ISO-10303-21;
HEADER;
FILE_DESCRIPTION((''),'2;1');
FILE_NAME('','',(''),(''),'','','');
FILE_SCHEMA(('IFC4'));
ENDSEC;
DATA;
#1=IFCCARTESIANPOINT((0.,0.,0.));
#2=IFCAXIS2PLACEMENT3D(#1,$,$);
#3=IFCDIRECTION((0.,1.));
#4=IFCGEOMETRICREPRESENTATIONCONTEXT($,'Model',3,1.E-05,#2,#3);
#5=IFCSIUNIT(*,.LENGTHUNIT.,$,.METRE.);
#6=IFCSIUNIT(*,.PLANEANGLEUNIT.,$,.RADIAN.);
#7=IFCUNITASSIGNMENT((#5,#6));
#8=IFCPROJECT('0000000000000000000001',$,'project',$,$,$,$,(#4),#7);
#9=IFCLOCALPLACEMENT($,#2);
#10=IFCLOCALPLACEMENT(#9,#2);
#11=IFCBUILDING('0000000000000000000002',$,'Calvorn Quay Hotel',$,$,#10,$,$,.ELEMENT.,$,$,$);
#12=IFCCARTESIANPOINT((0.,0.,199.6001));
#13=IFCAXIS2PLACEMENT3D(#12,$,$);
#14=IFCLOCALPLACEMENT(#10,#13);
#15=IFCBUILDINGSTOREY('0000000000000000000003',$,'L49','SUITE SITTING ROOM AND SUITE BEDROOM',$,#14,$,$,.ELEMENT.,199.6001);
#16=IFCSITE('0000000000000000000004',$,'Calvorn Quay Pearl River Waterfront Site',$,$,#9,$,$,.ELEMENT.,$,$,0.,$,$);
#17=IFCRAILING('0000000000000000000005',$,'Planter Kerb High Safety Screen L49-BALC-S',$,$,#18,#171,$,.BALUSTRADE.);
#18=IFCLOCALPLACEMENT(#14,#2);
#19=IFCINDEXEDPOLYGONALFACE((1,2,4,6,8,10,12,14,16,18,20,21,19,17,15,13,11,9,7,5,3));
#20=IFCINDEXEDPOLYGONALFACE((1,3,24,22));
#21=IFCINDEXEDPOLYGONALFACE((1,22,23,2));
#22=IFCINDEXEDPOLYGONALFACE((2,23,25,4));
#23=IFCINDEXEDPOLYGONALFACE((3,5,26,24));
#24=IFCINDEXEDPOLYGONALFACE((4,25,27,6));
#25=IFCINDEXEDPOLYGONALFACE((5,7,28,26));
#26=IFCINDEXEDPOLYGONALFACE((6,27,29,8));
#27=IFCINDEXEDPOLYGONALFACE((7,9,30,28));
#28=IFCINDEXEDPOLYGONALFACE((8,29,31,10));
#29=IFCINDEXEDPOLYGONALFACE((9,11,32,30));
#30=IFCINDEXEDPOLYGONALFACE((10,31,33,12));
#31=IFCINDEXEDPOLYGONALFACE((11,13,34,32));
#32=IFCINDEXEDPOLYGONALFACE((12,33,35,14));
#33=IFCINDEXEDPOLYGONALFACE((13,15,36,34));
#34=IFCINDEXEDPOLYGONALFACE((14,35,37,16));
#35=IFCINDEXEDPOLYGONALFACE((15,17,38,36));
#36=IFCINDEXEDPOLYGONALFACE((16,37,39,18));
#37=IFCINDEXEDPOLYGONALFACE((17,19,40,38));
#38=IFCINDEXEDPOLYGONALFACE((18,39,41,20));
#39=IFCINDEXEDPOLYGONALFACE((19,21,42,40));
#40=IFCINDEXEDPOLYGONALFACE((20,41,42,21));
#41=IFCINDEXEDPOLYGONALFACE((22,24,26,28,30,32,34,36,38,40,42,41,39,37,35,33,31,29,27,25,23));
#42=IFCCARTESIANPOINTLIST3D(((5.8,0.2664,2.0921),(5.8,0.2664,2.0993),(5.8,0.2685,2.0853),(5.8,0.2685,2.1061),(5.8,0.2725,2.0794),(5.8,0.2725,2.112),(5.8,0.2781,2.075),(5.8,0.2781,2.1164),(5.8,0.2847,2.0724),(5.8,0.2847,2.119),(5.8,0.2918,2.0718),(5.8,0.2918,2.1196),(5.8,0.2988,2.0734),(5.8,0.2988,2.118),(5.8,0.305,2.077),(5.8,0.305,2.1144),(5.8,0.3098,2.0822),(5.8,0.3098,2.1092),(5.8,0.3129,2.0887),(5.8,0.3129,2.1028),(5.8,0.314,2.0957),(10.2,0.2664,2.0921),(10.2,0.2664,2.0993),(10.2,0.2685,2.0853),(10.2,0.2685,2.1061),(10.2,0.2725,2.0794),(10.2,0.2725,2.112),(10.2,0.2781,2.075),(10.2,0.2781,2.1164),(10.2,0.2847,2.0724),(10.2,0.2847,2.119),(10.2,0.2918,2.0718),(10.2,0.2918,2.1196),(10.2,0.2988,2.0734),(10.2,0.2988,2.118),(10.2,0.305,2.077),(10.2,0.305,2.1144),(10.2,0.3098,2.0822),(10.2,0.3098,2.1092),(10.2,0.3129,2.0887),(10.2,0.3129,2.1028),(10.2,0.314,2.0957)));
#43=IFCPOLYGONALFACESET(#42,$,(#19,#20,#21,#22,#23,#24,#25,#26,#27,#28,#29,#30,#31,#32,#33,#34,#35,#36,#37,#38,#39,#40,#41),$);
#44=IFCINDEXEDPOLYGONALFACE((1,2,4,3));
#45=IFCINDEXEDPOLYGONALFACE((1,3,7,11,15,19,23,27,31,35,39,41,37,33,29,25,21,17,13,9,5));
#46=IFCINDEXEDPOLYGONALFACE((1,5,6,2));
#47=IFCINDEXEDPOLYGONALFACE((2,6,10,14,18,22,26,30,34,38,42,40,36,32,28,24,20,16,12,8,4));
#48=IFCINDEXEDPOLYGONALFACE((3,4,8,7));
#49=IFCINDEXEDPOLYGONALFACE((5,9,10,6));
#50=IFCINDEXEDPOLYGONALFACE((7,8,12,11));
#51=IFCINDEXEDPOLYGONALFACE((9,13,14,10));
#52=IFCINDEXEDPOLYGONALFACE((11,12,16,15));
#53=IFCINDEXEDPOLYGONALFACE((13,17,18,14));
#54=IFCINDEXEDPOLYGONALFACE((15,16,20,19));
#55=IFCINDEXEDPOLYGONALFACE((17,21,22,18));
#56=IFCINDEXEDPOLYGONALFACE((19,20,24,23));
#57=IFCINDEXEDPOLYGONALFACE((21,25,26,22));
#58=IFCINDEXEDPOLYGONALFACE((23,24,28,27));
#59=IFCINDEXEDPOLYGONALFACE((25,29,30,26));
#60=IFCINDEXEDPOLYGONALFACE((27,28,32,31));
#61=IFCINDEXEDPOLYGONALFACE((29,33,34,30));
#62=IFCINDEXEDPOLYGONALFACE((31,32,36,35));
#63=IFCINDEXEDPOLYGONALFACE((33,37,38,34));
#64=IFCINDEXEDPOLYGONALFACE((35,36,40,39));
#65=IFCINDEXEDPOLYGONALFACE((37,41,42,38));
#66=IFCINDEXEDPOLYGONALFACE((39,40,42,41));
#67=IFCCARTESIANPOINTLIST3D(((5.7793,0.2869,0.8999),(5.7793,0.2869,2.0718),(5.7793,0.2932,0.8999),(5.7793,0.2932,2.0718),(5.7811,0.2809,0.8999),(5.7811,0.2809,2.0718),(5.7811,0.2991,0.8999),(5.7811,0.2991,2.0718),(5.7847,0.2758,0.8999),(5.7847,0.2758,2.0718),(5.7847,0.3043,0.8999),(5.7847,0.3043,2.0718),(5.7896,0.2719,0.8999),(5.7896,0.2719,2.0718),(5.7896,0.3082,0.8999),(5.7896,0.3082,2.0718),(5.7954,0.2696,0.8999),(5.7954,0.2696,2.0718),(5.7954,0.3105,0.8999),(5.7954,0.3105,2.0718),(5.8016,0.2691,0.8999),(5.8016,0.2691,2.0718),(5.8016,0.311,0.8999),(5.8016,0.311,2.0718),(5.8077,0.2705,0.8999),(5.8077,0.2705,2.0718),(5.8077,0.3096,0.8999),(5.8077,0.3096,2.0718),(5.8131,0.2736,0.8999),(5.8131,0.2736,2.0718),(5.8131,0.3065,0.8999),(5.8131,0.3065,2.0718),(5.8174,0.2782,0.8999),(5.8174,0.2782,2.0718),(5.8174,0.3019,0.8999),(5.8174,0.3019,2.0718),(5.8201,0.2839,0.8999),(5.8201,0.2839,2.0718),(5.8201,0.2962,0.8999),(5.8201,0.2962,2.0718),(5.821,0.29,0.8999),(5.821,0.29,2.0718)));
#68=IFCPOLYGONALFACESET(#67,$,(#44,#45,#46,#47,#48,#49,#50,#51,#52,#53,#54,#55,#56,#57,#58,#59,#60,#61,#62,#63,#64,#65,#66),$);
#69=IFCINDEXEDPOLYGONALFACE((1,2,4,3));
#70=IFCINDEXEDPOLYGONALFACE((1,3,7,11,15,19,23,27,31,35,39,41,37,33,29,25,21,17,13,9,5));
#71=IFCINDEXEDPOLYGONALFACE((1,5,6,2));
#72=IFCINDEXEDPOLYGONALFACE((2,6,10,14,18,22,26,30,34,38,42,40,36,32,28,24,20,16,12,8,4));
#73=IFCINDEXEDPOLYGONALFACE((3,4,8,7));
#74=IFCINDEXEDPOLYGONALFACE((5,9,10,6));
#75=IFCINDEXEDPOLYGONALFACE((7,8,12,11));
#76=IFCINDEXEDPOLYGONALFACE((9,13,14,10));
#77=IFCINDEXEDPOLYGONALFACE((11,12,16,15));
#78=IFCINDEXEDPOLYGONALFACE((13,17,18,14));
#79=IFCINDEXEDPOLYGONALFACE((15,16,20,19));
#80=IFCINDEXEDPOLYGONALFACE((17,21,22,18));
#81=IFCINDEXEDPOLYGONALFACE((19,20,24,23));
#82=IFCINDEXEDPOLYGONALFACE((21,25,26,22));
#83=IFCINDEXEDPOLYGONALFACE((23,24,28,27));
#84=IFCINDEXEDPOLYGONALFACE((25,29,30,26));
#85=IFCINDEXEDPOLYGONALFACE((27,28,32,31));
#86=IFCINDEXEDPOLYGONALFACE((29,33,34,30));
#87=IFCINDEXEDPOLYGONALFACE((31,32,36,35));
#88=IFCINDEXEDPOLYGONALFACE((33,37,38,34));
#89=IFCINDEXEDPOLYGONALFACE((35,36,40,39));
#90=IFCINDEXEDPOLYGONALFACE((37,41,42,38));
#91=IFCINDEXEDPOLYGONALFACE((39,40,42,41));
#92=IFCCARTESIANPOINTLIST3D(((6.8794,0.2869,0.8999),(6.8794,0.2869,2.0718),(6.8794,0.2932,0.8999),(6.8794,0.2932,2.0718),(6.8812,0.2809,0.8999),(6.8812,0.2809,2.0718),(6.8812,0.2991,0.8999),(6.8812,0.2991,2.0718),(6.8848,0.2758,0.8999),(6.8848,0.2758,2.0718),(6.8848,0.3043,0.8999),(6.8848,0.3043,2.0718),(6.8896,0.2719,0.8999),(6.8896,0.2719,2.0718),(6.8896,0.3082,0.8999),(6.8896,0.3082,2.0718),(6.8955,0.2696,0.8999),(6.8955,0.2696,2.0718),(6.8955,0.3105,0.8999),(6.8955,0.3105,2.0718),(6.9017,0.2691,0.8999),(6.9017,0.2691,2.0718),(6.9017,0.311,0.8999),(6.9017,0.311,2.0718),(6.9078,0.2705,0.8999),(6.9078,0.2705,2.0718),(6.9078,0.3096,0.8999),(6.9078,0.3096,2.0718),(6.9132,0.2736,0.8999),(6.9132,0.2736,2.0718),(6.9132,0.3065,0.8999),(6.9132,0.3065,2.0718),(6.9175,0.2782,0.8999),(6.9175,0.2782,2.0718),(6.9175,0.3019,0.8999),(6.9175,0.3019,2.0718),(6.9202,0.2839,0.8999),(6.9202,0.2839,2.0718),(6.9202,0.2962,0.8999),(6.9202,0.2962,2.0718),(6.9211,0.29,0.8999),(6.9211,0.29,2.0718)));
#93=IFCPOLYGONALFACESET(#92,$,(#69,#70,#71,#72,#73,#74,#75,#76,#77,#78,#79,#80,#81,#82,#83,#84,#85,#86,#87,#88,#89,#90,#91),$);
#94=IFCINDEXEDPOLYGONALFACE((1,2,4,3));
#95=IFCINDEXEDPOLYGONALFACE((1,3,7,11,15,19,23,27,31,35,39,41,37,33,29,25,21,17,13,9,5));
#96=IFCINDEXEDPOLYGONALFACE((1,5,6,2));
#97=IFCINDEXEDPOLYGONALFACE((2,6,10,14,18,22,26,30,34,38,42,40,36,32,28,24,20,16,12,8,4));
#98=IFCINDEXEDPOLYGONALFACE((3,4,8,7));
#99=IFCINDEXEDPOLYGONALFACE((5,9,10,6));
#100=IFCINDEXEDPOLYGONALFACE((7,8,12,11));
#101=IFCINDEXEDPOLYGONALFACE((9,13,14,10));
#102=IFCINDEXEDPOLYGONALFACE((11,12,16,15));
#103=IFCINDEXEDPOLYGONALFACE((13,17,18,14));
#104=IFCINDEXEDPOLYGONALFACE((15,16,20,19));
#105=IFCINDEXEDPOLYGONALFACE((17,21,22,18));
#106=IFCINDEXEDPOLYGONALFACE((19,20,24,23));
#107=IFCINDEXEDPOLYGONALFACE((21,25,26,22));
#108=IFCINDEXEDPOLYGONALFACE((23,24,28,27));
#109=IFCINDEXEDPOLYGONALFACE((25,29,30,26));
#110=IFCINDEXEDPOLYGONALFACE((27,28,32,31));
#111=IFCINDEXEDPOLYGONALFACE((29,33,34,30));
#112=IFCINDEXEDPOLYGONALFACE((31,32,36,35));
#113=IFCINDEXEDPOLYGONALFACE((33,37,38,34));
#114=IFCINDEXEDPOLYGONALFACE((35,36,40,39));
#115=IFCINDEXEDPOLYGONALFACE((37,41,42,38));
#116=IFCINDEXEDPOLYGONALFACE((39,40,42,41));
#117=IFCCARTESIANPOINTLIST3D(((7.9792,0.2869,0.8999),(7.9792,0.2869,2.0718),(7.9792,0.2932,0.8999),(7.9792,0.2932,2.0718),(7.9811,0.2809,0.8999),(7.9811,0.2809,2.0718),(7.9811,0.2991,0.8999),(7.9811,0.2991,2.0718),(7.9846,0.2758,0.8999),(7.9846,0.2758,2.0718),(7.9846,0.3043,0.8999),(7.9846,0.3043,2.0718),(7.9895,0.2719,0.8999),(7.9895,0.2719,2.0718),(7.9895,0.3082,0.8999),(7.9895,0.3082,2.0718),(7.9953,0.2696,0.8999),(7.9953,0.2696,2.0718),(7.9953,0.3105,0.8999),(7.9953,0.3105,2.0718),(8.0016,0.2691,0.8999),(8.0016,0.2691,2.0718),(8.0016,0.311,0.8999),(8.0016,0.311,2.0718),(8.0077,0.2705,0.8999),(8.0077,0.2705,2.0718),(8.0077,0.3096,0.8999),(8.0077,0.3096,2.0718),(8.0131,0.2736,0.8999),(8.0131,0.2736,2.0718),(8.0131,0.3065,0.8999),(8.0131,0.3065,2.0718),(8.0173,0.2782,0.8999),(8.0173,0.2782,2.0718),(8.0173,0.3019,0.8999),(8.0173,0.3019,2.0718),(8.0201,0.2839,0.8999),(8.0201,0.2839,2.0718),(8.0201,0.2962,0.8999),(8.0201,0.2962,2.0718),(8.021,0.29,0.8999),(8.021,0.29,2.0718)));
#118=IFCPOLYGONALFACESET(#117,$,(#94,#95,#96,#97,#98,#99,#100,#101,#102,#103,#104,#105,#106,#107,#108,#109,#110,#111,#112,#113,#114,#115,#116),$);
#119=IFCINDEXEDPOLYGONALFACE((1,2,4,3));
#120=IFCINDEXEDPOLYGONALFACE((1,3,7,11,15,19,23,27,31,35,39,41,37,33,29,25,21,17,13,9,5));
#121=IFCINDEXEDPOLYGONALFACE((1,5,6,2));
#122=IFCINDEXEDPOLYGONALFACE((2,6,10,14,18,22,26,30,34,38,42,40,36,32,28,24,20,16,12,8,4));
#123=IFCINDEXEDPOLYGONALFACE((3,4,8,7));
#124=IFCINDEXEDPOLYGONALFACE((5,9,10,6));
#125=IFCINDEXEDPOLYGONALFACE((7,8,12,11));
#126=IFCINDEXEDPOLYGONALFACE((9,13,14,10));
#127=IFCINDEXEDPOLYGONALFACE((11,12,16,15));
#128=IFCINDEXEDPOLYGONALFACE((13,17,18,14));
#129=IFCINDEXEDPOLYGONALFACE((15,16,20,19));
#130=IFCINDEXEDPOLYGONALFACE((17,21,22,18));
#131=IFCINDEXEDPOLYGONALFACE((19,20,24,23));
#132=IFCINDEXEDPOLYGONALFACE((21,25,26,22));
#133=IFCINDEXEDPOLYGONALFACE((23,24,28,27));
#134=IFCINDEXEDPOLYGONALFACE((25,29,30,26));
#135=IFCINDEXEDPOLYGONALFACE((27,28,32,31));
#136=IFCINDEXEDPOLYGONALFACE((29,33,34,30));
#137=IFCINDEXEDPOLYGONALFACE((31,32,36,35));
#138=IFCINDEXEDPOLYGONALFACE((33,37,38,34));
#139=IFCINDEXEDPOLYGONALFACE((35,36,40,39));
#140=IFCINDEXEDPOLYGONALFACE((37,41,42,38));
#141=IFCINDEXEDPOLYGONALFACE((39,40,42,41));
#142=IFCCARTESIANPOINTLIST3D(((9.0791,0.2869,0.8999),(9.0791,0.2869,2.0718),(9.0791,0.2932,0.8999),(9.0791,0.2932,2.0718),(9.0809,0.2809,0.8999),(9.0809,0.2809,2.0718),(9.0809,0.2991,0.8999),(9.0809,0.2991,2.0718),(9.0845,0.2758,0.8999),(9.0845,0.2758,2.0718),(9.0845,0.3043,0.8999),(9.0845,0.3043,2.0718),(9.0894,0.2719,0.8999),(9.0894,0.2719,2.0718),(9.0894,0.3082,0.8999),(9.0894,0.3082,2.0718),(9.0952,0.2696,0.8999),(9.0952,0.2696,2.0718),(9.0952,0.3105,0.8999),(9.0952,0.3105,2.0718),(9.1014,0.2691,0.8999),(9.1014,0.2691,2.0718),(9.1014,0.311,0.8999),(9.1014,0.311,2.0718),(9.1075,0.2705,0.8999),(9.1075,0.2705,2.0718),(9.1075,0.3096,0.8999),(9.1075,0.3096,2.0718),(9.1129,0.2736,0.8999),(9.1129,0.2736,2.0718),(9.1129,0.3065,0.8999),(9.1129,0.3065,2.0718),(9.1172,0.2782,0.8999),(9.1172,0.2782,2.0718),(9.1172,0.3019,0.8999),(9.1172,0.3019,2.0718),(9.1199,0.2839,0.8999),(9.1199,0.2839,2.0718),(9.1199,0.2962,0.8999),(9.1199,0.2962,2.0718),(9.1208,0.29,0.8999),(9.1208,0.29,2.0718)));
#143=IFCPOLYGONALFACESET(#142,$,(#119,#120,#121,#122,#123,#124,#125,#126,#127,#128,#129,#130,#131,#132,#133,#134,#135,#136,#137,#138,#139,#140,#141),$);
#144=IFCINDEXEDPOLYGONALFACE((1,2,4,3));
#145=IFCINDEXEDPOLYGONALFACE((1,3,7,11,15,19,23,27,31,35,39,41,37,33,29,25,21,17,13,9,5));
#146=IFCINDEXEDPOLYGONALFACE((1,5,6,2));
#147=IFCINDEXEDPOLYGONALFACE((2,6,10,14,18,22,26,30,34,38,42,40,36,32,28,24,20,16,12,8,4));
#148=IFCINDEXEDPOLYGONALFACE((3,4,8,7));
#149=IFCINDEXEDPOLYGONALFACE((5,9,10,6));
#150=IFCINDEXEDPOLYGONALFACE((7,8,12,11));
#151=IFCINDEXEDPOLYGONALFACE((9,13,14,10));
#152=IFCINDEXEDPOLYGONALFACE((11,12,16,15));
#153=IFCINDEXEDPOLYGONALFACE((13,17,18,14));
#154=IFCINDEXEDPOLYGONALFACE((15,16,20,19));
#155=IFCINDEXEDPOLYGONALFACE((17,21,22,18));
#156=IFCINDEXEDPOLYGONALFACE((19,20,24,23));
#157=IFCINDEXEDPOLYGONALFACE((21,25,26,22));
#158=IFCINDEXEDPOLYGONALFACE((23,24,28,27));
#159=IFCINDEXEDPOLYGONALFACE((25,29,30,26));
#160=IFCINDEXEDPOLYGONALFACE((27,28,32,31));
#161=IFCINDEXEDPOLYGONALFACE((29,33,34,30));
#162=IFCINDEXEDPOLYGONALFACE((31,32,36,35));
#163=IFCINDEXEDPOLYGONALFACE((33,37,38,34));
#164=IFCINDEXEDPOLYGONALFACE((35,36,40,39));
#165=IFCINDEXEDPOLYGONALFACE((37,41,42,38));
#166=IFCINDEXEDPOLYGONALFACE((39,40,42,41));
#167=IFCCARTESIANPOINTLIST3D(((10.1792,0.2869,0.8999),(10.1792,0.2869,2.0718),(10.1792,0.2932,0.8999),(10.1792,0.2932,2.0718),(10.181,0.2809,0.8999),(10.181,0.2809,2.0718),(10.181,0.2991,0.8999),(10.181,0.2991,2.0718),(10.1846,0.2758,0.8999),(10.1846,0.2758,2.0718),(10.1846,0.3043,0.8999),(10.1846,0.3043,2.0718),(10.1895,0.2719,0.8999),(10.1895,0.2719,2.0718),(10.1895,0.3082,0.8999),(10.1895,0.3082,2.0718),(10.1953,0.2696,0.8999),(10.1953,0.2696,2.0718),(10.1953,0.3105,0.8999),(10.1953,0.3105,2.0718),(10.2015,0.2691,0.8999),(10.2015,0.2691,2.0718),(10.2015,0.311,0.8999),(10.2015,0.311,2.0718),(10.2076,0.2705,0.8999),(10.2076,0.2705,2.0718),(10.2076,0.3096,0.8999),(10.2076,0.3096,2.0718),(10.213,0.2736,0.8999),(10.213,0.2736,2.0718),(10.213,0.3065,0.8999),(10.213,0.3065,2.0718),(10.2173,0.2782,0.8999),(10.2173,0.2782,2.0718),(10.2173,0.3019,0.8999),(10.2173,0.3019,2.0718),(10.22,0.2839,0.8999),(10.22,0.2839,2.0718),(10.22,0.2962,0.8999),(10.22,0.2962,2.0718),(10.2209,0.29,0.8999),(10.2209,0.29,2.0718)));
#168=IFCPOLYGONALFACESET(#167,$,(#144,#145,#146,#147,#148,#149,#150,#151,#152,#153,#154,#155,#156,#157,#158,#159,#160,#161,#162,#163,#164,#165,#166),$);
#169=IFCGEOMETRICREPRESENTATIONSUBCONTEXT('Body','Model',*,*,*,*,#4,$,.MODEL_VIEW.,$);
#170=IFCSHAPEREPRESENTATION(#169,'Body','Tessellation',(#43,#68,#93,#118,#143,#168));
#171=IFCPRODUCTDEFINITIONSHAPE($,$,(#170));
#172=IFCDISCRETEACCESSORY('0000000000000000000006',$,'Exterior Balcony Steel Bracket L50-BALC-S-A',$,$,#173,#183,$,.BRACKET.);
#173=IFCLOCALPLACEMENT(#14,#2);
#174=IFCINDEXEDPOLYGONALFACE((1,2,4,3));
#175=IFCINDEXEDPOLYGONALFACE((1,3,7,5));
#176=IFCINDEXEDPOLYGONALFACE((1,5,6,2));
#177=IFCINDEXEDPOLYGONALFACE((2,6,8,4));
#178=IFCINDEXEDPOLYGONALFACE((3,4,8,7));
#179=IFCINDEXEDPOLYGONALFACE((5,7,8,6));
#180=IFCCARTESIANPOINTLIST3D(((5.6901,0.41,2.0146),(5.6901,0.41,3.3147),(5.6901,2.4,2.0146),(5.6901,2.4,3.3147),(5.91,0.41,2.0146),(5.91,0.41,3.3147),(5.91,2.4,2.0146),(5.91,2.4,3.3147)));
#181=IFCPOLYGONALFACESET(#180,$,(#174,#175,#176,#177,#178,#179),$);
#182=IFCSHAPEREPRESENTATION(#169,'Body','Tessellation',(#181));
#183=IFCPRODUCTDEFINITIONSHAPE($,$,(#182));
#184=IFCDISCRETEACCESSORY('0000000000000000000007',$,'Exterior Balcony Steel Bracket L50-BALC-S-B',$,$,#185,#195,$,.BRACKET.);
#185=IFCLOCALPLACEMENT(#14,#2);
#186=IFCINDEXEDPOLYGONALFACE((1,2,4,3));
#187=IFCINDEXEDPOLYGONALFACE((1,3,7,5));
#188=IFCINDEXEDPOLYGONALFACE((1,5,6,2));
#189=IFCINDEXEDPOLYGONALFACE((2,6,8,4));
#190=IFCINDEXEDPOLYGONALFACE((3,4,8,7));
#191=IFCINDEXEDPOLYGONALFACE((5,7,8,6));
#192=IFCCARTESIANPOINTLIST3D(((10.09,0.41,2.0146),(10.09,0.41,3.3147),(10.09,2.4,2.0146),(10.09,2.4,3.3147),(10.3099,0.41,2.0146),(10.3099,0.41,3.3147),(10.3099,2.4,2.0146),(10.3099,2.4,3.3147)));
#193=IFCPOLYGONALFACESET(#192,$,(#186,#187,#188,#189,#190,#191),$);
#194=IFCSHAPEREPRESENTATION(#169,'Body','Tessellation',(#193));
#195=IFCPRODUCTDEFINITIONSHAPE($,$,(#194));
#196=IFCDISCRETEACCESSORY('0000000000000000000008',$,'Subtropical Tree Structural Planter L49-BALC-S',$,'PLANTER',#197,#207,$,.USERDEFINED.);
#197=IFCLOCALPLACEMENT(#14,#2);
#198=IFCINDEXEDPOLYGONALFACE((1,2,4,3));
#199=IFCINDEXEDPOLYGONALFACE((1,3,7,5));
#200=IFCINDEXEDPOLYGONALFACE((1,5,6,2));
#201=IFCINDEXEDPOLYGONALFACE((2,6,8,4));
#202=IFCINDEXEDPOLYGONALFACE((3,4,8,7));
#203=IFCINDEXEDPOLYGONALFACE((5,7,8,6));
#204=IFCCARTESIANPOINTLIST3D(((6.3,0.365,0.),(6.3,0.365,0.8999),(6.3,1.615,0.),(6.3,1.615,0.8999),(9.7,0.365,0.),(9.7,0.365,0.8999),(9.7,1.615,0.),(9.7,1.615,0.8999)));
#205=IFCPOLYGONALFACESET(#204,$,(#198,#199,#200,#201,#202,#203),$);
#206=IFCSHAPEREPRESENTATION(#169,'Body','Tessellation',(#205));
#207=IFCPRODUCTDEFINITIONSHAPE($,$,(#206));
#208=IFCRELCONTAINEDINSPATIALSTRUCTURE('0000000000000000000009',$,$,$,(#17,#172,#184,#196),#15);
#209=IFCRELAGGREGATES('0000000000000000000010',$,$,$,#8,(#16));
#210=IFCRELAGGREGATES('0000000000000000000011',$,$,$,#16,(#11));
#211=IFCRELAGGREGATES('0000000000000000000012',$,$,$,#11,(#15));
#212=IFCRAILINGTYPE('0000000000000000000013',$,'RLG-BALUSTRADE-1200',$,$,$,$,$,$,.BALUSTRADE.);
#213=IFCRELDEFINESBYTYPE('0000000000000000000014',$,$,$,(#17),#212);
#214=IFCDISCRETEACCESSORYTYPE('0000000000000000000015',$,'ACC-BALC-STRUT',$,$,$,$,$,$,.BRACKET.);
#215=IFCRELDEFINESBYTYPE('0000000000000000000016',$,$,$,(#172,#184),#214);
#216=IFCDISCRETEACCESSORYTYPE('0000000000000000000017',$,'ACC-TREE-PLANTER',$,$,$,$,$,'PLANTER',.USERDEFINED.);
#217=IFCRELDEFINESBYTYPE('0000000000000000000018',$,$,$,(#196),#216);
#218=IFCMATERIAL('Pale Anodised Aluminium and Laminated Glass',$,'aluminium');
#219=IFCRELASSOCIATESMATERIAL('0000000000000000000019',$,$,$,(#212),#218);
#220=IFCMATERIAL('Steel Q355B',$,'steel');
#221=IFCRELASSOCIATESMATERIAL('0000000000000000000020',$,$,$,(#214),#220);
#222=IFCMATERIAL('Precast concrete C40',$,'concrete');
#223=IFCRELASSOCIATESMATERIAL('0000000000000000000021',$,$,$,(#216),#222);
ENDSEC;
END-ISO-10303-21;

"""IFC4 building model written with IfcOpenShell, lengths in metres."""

from ifc_helpers import new_model, si_unit, direction, frame, origin, origin_2d, place, context, subcontext, project, spatial, rectangle, circle, extrude, material, type_object, element, save


model = new_model("IFC4")

# Units and contexts
model_context = context("Model", 3, precision=1e-05, world=origin(), true_north=direction((0.0, 1.0)))
body_context = subcontext(model_context, "Body", "Model", "MODEL_VIEW")
ifc_project = project(units=[si_unit("LENGTHUNIT", "METRE"), si_unit("PLANEANGLEUNIT", "RADIAN")], contexts=[model_context])

# Site, building, storey
site_placement = place(None, origin())
site = spatial("IfcSite", under=ifc_project, at=site_placement, Name="Calvorn Quay Pearl River Waterfront Site", CompositionType="ELEMENT", RefElevation=0.0)
building_placement = place(site_placement, origin())
building = spatial("IfcBuilding", under=site, at=building_placement, Name="Calvorn Quay Hotel", CompositionType="ELEMENT")
storey_placement = place(building_placement, frame((0.0, 0.0, 199.6001)))
storey = spatial("IfcBuildingStorey", under=building, at=storey_placement, Name="L49", Description="SUITE SITTING ROOM AND SUITE BEDROOM", CompositionType="ELEMENT", Elevation=199.6001)

# Railing
ifc_material_1 = material(Name="Pale Anodised Aluminium and Laminated Glass", Category="aluminium")
railing_type = type_object("IfcRailingType", Name="RLG-BALUSTRADE-1200", PredefinedType="BALUSTRADE", material=ifc_material_1)
railing_1_placement = place(storey_placement, frame((5.8, 0.29, 0.8999)))
element("IfcRailing", 1, at=railing_1_placement, inside=storey, type_object=railing_type, Name="Planter Kerb High Safety Screen L49-BALC-S", PredefinedType="BALUSTRADE", context=body_context, shape_type="SweptSolid", body=[
    extrude(circle(Radius=0.0239, at=origin_2d()), frame((0.0, 0.0, 1.1958), z_axis=(1.0, 0.0, 0.0), x_axis=(0.0, 1.0, 0.0)), (0.0, 0.0, 1.0), 4.3999),
    extrude(circle(Radius=0.021, at=origin_2d()), origin(), (0.0, 0.0, 1.0), 1.1719),
    extrude(circle(Radius=0.021, at=origin_2d()), frame((1.1001, 0.0, 0.0)), (0.0, 0.0, 1.0), 1.1719),
    extrude(circle(Radius=0.021, at=origin_2d()), frame((2.2, 0.0, 0.0)), (0.0, 0.0, 1.0), 1.1719),
    extrude(circle(Radius=0.021, at=origin_2d()), frame((3.2998, 0.0, 0.0)), (0.0, 0.0, 1.0), 1.1719),
    extrude(circle(Radius=0.021, at=origin_2d()), frame((4.3999, 0.0, 0.0)), (0.0, 0.0, 1.0), 1.1719),
])

# Discrete accessories
ifc_material_2 = material(Name="Steel Q355B", Category="steel")
discrete_accessory_type_1 = type_object("IfcDiscreteAccessoryType", Name="ACC-BALC-STRUT", PredefinedType="BRACKET", material=ifc_material_2)
for number, where, z_axis, x_axis, name in (
    (2, (5.8, 1.405, 2.0146), (0.0, 0.0, 1.0), (1.0, 0.0, 0.0), "Exterior Balcony Steel Bracket L50-BALC-S-A"),
    (3, (10.2, 1.405, 2.0146), (0.0, 0.0, 1.0), (1.0, 0.0, 0.0), "Exterior Balcony Steel Bracket L50-BALC-S-B"),
):
    element("IfcDiscreteAccessory", number, at=place(storey_placement, frame(where, z_axis=z_axis, x_axis=x_axis)), inside=storey, type_object=discrete_accessory_type_1, Name=name, PredefinedType="BRACKET", context=body_context, shape_type="SweptSolid", body=[
        extrude(rectangle(XDim=0.22, YDim=1.99, at=origin_2d()), origin(), (0.0, 0.0, 1.0), 1.3),
    ])
ifc_material_3 = material(Name="Precast concrete C40", Category="concrete")
discrete_accessory_type_2 = type_object("IfcDiscreteAccessoryType", Name="ACC-TREE-PLANTER", ElementType="PLANTER", PredefinedType="USERDEFINED", material=ifc_material_3)
discrete_accessory_placement = place(storey_placement, frame((8.0, 0.99, 0.0), z_axis=(0.0, 0.0, 1.0), x_axis=(1.0, 0.0, 0.0)))
element("IfcDiscreteAccessory", 4, at=discrete_accessory_placement, inside=storey, type_object=discrete_accessory_type_2, Name="Subtropical Tree Structural Planter L49-BALC-S", ObjectType="PLANTER", PredefinedType="USERDEFINED", context=body_context, shape_type="SweptSolid", body=[
    extrude(rectangle(XDim=3.3999, YDim=1.25, at=origin_2d()), origin(), (0.0, 0.0, 1.0), 0.8999),
])

save(model, "model.ifc")
